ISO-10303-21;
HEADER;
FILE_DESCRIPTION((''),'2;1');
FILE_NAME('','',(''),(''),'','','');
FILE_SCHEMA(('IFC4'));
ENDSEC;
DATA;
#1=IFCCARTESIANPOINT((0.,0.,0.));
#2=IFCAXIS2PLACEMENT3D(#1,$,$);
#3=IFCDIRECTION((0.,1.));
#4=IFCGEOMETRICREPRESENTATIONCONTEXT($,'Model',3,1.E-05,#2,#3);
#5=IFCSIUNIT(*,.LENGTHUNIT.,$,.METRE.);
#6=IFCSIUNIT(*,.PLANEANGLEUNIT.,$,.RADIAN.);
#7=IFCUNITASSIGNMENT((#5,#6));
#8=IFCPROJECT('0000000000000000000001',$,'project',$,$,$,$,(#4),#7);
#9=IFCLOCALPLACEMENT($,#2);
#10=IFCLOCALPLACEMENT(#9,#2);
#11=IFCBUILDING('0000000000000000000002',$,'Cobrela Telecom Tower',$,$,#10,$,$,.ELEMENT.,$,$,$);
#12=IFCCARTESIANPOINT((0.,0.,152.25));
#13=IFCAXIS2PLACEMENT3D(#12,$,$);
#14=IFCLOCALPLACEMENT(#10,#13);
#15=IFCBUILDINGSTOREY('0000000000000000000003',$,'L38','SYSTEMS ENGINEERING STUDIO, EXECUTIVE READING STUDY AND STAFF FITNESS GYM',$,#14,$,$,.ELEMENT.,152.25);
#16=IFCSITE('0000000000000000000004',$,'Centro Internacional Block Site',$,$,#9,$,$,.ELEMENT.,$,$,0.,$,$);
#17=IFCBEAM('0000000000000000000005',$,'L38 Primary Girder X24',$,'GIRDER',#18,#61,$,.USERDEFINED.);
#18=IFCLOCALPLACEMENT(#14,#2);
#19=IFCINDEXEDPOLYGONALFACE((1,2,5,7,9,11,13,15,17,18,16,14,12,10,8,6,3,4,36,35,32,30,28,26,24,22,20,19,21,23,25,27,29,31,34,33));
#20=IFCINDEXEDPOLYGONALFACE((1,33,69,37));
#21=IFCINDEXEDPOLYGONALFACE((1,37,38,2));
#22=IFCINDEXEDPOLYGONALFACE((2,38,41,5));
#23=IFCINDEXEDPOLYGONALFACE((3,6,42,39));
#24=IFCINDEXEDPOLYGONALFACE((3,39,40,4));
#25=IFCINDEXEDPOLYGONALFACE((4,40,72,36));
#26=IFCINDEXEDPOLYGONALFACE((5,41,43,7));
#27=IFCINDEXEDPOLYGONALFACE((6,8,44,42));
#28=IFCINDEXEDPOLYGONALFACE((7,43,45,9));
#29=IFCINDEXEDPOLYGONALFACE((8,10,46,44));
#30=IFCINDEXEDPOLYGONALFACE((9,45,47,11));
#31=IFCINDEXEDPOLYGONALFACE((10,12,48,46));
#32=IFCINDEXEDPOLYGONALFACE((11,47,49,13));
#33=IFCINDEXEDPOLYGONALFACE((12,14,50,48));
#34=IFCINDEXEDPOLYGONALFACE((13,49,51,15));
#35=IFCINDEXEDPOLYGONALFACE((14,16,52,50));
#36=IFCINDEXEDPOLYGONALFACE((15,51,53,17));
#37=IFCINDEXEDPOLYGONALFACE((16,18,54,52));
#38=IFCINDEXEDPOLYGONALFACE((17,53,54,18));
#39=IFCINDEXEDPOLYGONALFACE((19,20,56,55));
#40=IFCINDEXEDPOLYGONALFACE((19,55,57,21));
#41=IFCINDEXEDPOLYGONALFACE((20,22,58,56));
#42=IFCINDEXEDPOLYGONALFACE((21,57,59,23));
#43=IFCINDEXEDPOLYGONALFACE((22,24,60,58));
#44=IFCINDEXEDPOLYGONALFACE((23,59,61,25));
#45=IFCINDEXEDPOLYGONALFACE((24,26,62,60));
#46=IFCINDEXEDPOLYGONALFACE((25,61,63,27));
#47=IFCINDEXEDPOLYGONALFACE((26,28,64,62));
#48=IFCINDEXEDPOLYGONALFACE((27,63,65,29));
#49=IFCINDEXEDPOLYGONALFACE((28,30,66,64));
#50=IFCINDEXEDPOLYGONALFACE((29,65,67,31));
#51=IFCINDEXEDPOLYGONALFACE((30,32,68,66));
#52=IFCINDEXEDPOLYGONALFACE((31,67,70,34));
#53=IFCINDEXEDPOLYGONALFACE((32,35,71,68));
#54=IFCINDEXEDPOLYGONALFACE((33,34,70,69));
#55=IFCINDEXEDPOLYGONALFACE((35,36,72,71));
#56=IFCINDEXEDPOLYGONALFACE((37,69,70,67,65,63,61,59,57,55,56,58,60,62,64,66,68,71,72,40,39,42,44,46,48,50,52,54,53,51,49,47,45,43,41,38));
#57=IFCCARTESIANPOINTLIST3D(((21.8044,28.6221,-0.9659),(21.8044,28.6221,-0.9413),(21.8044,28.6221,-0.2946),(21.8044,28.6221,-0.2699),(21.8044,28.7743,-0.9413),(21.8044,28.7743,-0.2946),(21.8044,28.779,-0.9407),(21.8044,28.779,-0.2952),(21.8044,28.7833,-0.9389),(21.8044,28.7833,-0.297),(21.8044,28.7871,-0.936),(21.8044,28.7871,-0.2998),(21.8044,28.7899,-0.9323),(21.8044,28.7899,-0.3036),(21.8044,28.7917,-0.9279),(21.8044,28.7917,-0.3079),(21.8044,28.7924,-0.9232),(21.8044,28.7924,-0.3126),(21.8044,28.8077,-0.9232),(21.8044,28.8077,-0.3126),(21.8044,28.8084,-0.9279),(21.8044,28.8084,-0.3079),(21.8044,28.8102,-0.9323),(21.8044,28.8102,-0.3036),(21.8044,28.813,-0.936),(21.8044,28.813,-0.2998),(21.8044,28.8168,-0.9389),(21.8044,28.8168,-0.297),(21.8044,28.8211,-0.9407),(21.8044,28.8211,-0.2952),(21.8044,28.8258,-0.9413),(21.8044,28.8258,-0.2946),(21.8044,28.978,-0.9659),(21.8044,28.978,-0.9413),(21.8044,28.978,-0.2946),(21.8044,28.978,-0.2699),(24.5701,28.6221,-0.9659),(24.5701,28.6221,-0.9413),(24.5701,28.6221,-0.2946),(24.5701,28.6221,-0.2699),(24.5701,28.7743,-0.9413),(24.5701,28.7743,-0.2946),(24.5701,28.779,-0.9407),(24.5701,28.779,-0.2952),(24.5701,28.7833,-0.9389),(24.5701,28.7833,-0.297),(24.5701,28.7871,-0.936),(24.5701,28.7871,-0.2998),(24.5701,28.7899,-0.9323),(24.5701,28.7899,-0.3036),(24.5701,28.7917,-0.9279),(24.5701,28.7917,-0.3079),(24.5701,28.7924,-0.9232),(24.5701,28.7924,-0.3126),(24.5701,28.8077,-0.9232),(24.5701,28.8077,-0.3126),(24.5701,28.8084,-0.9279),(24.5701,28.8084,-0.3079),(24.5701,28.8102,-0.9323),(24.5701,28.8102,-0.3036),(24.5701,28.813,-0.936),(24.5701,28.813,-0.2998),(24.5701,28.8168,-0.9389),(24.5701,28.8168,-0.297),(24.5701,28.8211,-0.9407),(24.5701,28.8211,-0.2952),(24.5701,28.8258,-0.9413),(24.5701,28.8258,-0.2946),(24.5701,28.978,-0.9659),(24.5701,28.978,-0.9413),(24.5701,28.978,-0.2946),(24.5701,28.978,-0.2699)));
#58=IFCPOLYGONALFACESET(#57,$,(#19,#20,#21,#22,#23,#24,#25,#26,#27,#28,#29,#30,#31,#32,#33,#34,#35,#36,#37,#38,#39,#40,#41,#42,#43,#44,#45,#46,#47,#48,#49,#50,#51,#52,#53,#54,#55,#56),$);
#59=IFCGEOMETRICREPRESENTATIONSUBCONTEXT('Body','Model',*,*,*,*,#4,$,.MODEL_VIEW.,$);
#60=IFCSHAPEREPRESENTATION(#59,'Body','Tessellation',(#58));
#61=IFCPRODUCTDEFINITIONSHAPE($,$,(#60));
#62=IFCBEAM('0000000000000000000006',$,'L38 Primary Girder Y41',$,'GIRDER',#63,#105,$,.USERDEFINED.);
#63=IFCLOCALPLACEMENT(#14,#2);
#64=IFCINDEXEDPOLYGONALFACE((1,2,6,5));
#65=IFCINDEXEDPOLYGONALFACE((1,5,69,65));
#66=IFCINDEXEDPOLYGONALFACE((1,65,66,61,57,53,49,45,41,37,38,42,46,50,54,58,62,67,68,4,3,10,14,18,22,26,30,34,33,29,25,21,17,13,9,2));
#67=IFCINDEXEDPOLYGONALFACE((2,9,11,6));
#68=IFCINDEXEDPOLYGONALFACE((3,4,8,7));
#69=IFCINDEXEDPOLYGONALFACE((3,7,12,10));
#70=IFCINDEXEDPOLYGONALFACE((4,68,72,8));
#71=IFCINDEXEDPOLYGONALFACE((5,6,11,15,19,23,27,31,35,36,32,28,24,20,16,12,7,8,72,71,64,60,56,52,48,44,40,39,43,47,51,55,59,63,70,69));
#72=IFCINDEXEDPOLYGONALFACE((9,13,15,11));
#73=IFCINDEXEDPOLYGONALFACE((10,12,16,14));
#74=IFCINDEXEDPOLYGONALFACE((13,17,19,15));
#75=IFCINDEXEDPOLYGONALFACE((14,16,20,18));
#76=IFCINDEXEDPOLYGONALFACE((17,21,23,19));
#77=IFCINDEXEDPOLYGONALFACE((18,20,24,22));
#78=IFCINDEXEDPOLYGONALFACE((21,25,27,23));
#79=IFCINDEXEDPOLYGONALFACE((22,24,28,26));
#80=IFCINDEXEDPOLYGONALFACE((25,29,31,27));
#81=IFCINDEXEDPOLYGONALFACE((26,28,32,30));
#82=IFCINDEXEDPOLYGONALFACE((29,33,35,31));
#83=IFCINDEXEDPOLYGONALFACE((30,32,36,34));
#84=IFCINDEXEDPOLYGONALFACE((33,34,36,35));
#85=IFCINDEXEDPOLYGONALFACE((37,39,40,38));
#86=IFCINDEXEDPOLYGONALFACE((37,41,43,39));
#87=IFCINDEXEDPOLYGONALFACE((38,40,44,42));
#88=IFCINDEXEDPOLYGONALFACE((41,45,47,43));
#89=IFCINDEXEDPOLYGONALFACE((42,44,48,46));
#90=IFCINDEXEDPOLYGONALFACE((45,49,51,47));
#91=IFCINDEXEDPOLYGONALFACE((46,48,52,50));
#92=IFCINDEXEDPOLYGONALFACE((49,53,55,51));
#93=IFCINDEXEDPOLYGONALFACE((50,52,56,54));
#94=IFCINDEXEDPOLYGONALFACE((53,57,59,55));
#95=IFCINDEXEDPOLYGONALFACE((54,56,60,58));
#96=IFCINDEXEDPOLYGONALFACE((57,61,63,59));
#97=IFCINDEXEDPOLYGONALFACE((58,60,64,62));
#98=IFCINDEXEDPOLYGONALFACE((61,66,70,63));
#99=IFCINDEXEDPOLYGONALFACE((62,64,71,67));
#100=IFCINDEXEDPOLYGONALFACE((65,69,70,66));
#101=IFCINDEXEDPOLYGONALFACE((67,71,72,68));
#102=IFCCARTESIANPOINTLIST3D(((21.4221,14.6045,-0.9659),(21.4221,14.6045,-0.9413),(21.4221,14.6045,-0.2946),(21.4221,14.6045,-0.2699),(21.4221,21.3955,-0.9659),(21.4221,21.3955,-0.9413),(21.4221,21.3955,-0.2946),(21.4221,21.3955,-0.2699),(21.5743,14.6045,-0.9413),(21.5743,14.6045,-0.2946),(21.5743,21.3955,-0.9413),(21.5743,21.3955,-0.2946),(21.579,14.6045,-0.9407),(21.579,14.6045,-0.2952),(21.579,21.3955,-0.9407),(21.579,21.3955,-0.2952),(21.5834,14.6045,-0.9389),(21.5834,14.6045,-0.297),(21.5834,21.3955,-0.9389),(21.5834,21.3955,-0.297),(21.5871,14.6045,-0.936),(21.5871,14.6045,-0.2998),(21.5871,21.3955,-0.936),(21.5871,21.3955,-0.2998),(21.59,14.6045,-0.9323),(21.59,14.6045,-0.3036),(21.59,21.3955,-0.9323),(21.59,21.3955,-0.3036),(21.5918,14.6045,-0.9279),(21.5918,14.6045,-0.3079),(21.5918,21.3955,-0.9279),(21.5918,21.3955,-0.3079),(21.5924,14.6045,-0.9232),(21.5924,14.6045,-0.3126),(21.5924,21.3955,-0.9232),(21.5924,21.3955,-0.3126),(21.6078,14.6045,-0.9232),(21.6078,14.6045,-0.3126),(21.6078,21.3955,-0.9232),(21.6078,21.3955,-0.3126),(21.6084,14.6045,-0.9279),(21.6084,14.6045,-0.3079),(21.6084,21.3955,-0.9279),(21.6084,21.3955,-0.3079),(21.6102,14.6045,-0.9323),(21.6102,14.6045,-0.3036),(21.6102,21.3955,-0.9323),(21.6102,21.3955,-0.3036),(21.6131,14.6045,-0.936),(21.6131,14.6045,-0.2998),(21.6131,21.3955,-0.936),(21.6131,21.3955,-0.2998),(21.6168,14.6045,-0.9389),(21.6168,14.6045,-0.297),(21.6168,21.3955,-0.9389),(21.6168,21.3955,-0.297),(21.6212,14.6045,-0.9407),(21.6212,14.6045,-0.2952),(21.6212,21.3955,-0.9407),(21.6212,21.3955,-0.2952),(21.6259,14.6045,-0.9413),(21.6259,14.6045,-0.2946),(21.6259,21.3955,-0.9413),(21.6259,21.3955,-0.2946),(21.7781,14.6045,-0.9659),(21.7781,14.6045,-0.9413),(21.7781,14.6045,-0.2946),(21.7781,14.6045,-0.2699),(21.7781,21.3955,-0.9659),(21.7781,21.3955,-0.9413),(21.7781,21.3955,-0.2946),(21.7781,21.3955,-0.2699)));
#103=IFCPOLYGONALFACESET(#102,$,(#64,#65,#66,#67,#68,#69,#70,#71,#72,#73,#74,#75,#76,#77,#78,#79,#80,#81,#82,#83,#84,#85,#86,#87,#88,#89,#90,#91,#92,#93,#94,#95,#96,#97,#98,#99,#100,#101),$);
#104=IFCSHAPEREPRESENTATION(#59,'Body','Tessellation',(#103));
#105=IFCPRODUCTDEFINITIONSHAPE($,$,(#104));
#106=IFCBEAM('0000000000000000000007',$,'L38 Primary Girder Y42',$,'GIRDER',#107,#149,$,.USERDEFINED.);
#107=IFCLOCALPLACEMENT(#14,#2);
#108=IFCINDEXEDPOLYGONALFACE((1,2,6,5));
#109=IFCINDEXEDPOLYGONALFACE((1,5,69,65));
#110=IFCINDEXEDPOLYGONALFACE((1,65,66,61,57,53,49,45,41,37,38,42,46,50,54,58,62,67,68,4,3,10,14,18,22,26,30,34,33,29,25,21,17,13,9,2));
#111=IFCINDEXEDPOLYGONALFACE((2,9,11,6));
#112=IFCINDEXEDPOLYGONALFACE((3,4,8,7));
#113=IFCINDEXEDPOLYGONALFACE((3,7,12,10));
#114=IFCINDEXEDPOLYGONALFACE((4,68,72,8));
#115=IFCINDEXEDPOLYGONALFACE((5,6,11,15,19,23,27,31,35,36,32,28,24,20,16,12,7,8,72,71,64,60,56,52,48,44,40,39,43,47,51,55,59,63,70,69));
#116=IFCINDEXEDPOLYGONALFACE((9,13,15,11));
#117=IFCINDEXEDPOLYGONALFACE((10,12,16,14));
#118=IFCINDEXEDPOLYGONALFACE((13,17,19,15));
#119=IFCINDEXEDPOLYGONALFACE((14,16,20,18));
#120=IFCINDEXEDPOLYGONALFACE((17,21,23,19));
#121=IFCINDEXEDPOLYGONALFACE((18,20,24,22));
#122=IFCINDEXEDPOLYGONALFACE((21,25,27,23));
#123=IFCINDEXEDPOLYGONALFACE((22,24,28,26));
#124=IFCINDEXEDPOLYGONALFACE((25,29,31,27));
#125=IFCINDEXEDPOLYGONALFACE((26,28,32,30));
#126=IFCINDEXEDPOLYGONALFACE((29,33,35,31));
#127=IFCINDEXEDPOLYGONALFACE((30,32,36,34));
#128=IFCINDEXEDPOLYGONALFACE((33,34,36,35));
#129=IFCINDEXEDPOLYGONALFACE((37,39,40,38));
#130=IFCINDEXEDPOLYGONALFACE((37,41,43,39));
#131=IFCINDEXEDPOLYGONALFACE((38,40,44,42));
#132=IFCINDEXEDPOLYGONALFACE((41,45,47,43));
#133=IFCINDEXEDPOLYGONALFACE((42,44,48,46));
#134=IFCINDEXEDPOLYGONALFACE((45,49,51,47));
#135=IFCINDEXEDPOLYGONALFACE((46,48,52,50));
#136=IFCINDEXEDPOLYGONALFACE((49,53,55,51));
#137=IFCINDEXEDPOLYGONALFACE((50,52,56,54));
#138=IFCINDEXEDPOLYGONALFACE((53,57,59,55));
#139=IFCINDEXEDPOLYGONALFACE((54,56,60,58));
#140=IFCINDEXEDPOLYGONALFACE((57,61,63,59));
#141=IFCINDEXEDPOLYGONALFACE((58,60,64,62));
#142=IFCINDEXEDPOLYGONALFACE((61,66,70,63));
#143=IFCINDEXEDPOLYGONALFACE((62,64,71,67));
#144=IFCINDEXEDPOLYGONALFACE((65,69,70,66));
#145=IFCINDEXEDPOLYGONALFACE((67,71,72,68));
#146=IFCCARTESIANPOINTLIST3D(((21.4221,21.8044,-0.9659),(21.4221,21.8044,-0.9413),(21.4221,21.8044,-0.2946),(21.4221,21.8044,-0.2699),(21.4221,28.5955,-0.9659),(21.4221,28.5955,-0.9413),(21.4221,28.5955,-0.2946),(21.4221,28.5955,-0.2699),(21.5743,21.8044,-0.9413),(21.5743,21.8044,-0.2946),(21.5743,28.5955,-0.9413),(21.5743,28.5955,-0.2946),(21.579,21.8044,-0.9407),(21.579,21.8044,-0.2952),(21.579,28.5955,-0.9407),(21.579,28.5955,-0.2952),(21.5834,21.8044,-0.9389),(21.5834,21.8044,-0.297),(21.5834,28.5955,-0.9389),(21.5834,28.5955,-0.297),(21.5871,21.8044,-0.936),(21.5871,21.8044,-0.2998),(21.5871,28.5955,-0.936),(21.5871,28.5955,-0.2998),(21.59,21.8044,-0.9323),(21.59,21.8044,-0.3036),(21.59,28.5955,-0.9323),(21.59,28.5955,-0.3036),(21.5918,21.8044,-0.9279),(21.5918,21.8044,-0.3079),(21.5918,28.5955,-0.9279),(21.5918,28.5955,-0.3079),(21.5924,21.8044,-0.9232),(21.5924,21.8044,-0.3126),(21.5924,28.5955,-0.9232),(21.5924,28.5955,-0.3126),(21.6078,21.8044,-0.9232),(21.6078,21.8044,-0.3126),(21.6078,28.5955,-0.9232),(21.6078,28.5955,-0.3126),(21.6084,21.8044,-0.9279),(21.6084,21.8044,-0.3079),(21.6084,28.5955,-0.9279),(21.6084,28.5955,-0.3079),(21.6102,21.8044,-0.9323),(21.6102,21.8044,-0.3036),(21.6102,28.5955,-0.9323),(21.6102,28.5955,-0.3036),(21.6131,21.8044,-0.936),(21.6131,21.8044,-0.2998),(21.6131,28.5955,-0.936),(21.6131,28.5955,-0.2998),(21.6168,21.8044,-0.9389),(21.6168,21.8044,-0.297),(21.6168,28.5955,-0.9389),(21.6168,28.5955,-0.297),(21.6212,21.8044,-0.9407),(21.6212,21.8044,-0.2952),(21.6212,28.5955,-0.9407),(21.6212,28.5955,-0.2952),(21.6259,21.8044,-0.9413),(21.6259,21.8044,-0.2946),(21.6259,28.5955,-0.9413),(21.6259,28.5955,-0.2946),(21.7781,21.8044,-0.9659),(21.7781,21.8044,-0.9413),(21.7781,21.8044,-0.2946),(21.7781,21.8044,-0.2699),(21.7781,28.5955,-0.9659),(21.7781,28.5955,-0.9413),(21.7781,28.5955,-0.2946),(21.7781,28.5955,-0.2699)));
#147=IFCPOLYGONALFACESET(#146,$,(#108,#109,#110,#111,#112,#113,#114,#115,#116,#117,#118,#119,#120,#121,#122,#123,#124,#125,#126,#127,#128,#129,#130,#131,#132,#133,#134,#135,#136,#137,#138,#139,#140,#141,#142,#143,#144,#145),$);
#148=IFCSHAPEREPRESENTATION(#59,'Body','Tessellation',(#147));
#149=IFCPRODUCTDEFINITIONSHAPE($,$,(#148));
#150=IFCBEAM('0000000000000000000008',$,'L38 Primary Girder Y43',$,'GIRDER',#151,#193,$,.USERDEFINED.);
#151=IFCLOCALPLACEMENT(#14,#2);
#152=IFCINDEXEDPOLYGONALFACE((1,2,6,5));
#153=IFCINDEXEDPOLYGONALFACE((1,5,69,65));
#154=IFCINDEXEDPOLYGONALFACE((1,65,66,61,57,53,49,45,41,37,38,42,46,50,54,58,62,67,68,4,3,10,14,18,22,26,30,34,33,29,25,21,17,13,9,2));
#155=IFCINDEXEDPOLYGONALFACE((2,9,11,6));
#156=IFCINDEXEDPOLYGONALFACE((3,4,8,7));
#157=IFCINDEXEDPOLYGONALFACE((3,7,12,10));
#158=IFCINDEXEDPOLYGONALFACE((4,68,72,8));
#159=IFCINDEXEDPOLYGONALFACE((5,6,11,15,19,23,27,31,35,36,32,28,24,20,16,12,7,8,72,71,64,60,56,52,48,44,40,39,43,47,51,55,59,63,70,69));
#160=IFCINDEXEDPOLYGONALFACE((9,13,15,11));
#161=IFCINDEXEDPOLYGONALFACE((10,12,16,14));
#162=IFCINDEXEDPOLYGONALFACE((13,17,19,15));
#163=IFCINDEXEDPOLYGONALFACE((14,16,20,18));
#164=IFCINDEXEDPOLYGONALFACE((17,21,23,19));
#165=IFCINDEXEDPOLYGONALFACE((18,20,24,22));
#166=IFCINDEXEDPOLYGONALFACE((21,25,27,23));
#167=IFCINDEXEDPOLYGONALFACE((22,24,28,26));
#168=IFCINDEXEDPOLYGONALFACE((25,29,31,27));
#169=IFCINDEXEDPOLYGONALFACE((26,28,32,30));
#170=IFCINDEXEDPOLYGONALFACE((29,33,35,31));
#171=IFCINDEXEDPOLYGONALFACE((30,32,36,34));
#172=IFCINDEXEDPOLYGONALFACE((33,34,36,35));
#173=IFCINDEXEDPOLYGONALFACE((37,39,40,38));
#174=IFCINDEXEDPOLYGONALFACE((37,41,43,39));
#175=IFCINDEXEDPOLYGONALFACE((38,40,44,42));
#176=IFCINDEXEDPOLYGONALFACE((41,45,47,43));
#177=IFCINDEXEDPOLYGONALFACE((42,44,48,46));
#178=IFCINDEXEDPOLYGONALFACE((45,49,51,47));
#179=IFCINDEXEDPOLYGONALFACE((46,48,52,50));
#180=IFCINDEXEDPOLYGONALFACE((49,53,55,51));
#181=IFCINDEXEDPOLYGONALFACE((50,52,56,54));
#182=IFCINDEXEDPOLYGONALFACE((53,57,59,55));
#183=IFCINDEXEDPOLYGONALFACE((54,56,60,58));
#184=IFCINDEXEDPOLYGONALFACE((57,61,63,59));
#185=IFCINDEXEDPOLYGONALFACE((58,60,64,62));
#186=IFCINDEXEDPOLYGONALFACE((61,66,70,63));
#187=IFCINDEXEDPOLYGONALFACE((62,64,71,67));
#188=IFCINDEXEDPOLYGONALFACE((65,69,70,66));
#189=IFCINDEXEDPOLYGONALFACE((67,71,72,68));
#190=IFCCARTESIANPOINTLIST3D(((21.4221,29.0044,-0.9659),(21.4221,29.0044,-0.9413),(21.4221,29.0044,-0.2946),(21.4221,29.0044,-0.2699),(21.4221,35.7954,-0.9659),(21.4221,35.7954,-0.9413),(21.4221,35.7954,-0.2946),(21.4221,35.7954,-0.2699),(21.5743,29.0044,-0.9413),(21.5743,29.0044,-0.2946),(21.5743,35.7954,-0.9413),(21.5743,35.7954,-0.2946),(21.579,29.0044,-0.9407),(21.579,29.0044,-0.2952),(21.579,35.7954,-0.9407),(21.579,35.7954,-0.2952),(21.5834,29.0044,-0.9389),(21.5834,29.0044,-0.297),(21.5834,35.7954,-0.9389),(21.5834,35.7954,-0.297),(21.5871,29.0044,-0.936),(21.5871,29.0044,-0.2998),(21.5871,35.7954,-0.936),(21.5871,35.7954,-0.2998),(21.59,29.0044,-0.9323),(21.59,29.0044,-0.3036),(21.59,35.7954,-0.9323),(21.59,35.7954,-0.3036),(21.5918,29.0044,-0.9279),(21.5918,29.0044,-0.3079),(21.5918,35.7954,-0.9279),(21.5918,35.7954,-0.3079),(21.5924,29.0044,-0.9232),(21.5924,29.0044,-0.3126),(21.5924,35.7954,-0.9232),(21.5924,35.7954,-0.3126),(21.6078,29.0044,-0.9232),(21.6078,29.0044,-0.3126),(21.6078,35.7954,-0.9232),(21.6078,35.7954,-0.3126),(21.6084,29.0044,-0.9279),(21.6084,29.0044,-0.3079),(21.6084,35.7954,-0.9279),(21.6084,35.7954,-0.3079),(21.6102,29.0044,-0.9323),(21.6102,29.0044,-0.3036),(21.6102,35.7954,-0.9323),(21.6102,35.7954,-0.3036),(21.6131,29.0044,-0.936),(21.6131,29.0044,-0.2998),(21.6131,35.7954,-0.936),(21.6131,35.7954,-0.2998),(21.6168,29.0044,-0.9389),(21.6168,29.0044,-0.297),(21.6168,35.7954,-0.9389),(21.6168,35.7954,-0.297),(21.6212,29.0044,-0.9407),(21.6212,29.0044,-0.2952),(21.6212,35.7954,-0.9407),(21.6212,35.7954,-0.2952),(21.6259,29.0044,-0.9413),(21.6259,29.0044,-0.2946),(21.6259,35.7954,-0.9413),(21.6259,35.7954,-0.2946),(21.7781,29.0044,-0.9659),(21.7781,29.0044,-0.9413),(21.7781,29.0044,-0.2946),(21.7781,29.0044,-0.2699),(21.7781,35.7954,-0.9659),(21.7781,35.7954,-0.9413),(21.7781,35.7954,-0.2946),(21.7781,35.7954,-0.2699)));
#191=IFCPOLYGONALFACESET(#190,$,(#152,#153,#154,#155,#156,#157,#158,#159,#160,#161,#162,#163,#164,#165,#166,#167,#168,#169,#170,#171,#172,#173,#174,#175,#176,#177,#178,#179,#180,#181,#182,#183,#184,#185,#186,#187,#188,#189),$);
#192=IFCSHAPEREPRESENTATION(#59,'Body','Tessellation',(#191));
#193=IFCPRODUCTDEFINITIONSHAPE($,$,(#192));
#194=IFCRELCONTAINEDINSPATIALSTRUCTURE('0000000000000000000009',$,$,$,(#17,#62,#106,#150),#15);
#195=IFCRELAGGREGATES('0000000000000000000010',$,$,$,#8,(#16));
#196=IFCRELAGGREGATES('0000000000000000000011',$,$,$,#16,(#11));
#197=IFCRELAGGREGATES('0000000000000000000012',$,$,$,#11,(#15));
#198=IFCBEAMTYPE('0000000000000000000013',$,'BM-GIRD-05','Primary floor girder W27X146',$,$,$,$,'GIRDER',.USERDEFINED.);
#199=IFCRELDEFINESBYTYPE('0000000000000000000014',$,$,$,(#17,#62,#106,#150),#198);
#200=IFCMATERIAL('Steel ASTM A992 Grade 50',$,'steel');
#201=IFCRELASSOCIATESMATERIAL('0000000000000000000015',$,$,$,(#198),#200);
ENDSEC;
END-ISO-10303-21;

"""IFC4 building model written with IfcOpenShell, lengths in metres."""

from ifc_helpers import new_model, si_unit, direction, frame, origin, origin_2d, place, context, subcontext, project, spatial, i_section, extrude, material, material_profile, profile_set, type_object, element, save


model = new_model("IFC4")

# Units and contexts
model_context = context("Model", 3, precision=1e-05, world=origin(), true_north=direction((0.0, 1.0)))
body_context = subcontext(model_context, "Body", "Model", "MODEL_VIEW")
ifc_project = project(units=[si_unit("LENGTHUNIT", "METRE"), si_unit("PLANEANGLEUNIT", "RADIAN")], contexts=[model_context])

# Site, building, storey
site_placement = place(None, origin())
site = spatial("IfcSite", under=ifc_project, at=site_placement, Name="Centro Internacional Block Site", CompositionType="ELEMENT", RefElevation=0.0)
building_placement = place(site_placement, origin())
building = spatial("IfcBuilding", under=site, at=building_placement, Name="Cobrela Telecom Tower", CompositionType="ELEMENT")
storey_placement = place(building_placement, frame((0.0, 0.0, 152.25)))
storey = spatial("IfcBuildingStorey", under=building, at=storey_placement, Name="L38", Description="SYSTEMS ENGINEERING STUDIO, EXECUTIVE READING STUDY AND STAFF FITNESS GYM", CompositionType="ELEMENT", Elevation=152.25)

# Shared definitions
ifc_material_1 = material(Name="Steel ASTM A992 Grade 50", Category="steel")

# Beams
ifc_material_profile_1 = material_profile(ifc_material_1, i_section(OverallWidth=0.356, OverallDepth=0.696, WebThickness=0.0154, FlangeThickness=0.0247, FilletRadius=0.0181, at=origin_2d()), Name="W27X146")
ifc_profile_set_1 = profile_set([ifc_material_profile_1], Name="Steel ASTM A992 Grade 50")
beam_type_1 = type_object("IfcBeamType", Name="BM-GIRD-05", Description="Primary floor girder W27X146", ElementType="GIRDER", PredefinedType="USERDEFINED", material=ifc_profile_set_1)
beam_1_placement = place(storey_placement, frame((21.8044, 28.8, -0.6179), z_axis=(1.0, 0.0, 0.0), x_axis=(0.0, 1.0, 0.0)))
element("IfcBeam", 1, at=beam_1_placement, inside=storey, type_object=beam_type_1, Name="L38 Primary Girder X24", ObjectType="GIRDER", PredefinedType="USERDEFINED", context=body_context, shape_type="SweptSolid", body=[
    extrude(i_section(OverallWidth=0.356, OverallDepth=0.696, WebThickness=0.0154, FlangeThickness=0.0247, FilletRadius=0.0181, at=origin_2d()), origin(), (0.0, 0.0, 1.0), 2.7656),
])
for number, where, z_axis, x_axis, name in (
    (2, (21.6001, 14.6045, -0.6179), (0.0, 1.0, 0.0), (-1.0, 0.0, 0.0), "L38 Primary Girder Y41"),
    (3, (21.6001, 21.8044, -0.6179), (0.0, 1.0, 0.0), (-1.0, 0.0, 0.0), "L38 Primary Girder Y42"),
    (4, (21.6001, 29.0044, -0.6179), (0.0, 1.0, 0.0), (-1.0, 0.0, 0.0), "L38 Primary Girder Y43"),
):
    element("IfcBeam", number, at=place(storey_placement, frame(where, z_axis=z_axis, x_axis=x_axis)), inside=storey, type_object=beam_type_1, Name=name, ObjectType="GIRDER", PredefinedType="USERDEFINED", context=body_context, shape_type="SweptSolid", body=[
        extrude(i_section(OverallWidth=0.356, OverallDepth=0.696, WebThickness=0.0154, FlangeThickness=0.0247, FilletRadius=0.0181, at=origin_2d()), origin(), (0.0, 0.0, 1.0), 6.791),
    ])

save(model, "model.ifc")
